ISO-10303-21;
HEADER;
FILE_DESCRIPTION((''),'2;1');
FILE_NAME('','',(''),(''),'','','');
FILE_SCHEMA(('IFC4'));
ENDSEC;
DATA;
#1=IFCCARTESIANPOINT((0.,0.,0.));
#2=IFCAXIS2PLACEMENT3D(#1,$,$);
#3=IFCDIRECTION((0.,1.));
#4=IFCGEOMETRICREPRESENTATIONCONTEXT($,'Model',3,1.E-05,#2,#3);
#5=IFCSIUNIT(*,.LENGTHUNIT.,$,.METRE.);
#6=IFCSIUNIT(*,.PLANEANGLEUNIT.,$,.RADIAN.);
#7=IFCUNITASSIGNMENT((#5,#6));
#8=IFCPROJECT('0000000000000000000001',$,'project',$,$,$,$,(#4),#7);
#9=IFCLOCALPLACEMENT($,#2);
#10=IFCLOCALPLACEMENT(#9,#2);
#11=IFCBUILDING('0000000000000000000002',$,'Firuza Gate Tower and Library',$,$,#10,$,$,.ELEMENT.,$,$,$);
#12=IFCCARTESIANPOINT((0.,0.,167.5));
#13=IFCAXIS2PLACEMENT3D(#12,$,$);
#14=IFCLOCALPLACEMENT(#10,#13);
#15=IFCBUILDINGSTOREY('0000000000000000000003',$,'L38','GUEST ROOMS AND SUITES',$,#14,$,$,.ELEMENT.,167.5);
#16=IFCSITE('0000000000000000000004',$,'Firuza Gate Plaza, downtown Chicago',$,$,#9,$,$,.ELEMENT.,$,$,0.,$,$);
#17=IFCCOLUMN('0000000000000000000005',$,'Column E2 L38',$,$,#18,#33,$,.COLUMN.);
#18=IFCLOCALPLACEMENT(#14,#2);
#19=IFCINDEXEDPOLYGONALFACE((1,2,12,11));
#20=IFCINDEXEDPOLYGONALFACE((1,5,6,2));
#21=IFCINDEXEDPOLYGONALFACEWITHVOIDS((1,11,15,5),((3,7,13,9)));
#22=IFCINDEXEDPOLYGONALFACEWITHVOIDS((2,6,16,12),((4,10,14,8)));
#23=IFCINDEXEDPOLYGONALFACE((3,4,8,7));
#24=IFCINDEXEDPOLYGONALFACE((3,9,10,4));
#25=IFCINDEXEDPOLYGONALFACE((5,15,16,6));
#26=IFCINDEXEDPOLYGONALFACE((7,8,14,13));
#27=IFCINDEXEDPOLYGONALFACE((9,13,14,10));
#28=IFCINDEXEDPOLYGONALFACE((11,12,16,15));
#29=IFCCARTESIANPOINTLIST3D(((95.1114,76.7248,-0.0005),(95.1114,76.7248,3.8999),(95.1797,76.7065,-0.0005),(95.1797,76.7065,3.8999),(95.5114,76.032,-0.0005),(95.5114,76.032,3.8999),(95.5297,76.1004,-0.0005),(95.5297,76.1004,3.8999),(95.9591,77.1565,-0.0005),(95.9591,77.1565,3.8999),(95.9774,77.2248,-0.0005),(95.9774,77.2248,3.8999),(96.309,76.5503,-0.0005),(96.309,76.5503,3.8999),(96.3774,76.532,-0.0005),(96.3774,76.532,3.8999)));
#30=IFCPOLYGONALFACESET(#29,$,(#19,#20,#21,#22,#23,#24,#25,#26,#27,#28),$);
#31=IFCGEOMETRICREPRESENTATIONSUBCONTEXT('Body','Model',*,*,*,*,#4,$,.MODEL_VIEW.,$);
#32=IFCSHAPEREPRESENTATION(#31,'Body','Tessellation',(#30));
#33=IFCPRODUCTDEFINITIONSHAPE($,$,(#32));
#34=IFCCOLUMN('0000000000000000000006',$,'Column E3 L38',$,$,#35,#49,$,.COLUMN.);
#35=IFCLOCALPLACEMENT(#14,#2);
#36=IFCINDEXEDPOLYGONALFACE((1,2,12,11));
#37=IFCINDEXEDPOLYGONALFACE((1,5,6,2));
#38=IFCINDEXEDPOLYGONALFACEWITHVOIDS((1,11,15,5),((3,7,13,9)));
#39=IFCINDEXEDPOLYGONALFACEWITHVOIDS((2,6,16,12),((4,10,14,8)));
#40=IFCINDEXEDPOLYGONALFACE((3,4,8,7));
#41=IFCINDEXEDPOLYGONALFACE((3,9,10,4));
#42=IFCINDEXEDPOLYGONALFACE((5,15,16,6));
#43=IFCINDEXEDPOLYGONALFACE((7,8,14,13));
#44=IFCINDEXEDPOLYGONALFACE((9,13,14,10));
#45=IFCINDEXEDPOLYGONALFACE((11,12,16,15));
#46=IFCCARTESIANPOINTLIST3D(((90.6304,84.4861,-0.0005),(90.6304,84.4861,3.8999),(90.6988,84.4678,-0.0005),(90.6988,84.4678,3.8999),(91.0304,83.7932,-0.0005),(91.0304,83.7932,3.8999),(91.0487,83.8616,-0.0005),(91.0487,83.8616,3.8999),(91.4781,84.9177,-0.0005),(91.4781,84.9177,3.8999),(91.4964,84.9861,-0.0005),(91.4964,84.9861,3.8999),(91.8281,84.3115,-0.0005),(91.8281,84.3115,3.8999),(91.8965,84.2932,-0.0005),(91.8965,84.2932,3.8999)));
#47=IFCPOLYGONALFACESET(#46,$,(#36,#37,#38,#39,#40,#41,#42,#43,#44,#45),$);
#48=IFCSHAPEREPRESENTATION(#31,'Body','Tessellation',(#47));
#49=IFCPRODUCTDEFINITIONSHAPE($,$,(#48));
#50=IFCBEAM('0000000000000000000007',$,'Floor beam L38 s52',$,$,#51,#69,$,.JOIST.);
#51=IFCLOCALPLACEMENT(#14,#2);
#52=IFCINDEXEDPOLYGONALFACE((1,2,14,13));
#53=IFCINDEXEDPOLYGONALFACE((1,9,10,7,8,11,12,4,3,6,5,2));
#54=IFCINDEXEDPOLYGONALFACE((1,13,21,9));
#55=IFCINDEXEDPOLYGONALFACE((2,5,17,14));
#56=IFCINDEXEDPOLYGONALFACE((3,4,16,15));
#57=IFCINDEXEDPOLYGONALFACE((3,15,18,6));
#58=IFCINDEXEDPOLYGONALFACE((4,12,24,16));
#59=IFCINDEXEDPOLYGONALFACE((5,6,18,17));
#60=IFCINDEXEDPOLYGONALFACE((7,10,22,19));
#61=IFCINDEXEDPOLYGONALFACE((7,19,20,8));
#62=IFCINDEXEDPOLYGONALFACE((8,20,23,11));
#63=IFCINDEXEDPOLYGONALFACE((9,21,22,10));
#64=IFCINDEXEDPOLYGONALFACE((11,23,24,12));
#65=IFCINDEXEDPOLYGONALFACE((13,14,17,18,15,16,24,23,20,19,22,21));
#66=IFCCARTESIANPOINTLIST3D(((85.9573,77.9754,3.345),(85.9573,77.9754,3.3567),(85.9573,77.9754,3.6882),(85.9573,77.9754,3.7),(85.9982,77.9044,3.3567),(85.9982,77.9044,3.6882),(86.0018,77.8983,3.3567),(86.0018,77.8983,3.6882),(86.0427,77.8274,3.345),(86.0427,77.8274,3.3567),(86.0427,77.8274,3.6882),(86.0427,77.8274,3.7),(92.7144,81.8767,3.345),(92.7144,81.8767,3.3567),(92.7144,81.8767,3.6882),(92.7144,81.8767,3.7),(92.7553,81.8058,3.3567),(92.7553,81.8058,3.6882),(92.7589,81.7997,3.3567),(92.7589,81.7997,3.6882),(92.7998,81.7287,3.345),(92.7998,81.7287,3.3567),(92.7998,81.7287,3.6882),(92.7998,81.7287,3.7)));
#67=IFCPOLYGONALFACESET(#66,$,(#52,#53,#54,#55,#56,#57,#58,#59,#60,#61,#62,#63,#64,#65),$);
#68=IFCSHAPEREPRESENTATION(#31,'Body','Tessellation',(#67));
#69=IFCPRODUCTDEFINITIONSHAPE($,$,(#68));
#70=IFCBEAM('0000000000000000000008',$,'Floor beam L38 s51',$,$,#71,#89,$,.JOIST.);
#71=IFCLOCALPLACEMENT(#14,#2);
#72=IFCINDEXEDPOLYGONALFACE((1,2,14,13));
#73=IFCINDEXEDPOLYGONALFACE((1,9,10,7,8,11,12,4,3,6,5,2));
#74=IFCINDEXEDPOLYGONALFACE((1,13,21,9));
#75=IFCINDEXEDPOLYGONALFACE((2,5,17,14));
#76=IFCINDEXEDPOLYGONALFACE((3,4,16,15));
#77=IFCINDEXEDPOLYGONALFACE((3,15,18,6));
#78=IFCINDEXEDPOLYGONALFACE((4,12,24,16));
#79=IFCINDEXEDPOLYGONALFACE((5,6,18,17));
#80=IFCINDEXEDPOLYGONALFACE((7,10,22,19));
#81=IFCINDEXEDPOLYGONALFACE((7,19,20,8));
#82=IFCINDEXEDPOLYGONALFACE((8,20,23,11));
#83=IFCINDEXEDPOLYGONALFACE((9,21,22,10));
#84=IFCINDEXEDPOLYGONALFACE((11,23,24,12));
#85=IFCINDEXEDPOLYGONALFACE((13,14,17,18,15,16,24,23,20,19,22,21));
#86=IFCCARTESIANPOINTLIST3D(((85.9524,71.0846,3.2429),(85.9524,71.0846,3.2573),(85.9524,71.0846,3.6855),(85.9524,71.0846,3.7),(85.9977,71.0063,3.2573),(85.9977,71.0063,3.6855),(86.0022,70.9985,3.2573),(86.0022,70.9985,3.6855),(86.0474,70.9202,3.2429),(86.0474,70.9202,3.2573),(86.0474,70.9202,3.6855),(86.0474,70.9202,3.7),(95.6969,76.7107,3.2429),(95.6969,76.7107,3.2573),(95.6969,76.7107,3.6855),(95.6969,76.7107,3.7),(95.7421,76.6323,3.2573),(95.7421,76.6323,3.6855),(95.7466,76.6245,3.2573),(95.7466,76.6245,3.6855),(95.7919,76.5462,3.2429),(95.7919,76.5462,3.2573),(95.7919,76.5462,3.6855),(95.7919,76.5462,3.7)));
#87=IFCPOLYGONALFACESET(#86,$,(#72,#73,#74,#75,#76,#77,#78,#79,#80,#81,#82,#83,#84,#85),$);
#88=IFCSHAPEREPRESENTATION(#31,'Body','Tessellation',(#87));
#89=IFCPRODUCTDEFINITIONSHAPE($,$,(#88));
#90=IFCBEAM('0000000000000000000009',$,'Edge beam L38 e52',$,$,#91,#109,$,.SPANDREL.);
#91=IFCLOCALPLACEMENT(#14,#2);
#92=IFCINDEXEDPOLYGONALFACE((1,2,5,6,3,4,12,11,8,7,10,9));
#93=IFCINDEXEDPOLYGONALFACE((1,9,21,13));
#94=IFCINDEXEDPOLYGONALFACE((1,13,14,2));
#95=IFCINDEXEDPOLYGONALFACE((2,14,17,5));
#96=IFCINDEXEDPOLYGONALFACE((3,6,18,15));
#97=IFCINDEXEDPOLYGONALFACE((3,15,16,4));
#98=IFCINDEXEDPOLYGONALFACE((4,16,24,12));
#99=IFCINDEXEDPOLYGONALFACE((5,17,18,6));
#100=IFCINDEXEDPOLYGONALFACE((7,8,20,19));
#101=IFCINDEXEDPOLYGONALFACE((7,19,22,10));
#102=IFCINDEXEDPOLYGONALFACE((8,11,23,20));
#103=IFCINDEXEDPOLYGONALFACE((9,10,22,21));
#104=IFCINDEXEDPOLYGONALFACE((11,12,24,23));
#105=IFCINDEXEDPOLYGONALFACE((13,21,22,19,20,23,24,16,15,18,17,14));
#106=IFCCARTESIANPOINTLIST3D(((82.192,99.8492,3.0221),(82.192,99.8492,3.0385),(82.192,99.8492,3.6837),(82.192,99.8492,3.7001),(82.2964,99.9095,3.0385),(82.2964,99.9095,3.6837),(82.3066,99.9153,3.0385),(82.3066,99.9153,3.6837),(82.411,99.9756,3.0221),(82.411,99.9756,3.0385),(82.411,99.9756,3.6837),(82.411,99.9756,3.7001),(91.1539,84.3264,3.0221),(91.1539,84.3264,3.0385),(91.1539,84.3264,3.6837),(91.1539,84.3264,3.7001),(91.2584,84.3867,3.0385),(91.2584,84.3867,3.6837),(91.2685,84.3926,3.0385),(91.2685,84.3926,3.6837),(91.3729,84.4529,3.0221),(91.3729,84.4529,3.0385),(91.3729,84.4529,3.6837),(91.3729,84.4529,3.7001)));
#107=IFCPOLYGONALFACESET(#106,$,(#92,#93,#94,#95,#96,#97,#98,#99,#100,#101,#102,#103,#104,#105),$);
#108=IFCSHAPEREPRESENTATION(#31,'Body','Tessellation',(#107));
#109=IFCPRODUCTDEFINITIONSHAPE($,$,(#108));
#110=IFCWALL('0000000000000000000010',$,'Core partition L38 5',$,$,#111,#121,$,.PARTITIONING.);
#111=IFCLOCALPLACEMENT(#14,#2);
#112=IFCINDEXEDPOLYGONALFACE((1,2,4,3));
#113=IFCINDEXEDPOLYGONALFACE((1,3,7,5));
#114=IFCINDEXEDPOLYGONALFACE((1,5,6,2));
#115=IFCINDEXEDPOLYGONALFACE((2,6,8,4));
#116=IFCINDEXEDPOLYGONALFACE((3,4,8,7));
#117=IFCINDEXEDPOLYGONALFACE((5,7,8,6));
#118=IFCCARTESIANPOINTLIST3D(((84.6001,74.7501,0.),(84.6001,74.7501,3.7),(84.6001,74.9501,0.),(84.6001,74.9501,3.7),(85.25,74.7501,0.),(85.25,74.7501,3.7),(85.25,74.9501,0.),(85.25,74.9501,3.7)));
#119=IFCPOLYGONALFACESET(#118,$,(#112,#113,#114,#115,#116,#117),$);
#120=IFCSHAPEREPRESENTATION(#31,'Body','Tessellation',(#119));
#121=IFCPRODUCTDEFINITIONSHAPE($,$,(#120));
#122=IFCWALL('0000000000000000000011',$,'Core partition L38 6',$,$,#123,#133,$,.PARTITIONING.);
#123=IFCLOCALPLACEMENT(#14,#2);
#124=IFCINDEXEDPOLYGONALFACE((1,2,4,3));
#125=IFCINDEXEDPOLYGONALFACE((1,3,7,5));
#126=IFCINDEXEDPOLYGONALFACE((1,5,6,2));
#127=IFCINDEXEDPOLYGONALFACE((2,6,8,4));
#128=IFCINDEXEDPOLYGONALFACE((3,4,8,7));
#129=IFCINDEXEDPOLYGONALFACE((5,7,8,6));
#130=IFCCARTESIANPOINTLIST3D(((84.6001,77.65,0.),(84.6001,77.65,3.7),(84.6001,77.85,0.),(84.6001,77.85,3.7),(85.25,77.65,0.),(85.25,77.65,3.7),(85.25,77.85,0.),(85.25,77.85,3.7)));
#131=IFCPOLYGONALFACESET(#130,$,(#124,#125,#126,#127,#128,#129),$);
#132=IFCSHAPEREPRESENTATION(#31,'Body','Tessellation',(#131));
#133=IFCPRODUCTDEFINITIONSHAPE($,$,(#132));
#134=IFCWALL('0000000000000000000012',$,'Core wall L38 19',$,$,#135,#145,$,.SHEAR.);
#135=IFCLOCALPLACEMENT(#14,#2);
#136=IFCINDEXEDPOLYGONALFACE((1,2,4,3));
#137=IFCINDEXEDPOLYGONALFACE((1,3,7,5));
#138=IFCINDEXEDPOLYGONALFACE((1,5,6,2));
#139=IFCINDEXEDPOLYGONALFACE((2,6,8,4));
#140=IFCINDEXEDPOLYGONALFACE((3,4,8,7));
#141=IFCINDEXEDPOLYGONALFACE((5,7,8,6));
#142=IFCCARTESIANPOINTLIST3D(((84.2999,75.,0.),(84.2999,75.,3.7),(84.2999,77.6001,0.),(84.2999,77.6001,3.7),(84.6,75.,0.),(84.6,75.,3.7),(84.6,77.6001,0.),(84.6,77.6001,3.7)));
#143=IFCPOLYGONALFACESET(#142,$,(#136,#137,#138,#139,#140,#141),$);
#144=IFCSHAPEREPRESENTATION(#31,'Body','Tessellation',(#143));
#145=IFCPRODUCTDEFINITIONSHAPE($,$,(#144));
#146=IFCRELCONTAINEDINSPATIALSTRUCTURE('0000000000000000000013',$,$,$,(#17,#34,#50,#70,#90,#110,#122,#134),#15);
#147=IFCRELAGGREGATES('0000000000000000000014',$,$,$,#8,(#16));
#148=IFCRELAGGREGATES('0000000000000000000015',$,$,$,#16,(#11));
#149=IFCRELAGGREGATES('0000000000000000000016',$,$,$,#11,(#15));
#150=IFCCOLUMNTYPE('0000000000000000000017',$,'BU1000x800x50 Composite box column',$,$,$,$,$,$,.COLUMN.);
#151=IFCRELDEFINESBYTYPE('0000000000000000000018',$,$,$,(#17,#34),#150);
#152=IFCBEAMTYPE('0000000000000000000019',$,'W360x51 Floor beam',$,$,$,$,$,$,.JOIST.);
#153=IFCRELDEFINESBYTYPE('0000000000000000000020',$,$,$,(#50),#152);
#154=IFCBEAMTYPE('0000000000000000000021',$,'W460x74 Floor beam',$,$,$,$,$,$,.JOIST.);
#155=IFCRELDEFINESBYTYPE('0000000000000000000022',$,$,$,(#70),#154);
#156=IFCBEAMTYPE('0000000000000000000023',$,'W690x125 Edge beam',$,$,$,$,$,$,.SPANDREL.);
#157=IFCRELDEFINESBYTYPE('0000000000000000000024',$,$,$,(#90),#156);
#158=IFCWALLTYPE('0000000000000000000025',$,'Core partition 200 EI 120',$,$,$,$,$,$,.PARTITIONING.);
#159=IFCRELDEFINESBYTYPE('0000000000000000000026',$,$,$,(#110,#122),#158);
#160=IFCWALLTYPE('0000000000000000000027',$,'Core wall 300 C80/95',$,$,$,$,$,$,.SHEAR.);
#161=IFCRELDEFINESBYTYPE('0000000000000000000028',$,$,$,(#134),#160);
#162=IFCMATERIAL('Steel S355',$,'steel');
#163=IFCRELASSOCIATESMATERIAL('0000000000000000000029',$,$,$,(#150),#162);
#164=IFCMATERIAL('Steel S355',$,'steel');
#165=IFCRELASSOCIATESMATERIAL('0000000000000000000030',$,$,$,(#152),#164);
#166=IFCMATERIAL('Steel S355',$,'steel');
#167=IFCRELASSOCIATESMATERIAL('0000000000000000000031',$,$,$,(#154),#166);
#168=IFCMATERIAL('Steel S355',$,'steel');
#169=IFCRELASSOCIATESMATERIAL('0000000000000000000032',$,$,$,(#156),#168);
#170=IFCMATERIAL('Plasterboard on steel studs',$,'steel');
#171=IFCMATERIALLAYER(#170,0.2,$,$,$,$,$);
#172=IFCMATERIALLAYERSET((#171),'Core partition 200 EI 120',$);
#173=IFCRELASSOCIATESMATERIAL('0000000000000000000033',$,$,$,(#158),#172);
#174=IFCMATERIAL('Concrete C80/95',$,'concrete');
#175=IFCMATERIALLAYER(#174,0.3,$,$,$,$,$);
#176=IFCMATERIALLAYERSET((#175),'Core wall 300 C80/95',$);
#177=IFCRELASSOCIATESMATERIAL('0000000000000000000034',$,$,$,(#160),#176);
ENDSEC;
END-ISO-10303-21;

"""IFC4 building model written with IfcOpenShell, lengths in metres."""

from ifc_helpers import new_model, si_unit, direction, frame, frame_2d, origin, origin_2d, place, context, subcontext, project, spatial, rectangle, hollow_rectangle, i_section, extrude, material, layer, layer_set, material_profile, profile_set, type_object, element, save


model = new_model("IFC4")

# Units and contexts
model_context = context("Model", 3, precision=1e-05, world=origin(), true_north=direction((0.0, 1.0)))
body_context = subcontext(model_context, "Body", "Model", "MODEL_VIEW")
ifc_project = project(units=[si_unit("LENGTHUNIT", "METRE"), si_unit("PLANEANGLEUNIT", "RADIAN")], contexts=[model_context])

# Site, building, storey
site_placement = place(None, origin())
site = spatial("IfcSite", under=ifc_project, at=site_placement, Name="Firuza Gate Plaza, downtown Chicago", CompositionType="ELEMENT", RefElevation=0.0)
building_placement = place(site_placement, origin())
building = spatial("IfcBuilding", under=site, at=building_placement, Name="Firuza Gate Tower and Library", CompositionType="ELEMENT")
storey_placement = place(building_placement, frame((0.0, 0.0, 167.5)))
storey = spatial("IfcBuildingStorey", under=building, at=storey_placement, Name="L38", Description="GUEST ROOMS AND SUITES", CompositionType="ELEMENT", Elevation=167.5)

# Columns
ifc_material_1 = material(Name="Steel S355", Category="steel")
ifc_material_profile_1 = material_profile(ifc_material_1, hollow_rectangle(XDim=0.8, YDim=1.0, WallThickness=0.05, at=origin_2d()))
ifc_profile_set_1 = profile_set([ifc_material_profile_1], Name="Steel S355")
column_type = type_object("IfcColumnType", Name="BU1000x800x50 Composite box column", PredefinedType="COLUMN", material=ifc_profile_set_1)
for number, where, z_axis, x_axis, name in (
    (1, (95.7444, 76.6284, -0.0005), (0.0, 0.0, 1.0), (-0.5, 0.866025, 0.0), "Column E2 L38"),
    (2, (91.2634, 84.3896, -0.0005), (0.0, 0.0, 1.0), (-0.5, 0.866025, 0.0), "Column E3 L38"),
):
    element("IfcColumn", number, at=place(storey_placement, frame(where, z_axis=z_axis, x_axis=x_axis)), inside=storey, type_object=column_type, Name=name, PredefinedType="COLUMN", context=body_context, shape_type="SweptSolid", body=[
        extrude(hollow_rectangle(XDim=0.8, YDim=1.0, WallThickness=0.05, at=origin_2d()), origin(), (0.0, 0.0, 1.0), 3.9004),
    ])

# Beams
ifc_material_2 = material(Name="Steel S355", Category="steel")
ifc_material_profile_2 = material_profile(ifc_material_2, i_section(OverallWidth=0.1709, OverallDepth=0.355, WebThickness=0.0071, FlangeThickness=0.0117, at=origin_2d()))
ifc_profile_set_2 = profile_set([ifc_material_profile_2], Name="Steel S355")
beam_type_1 = type_object("IfcBeamType", Name="W360x51 Floor beam", PredefinedType="JOIST", material=ifc_profile_set_2)
beam_1_placement = place(storey_placement, frame((92.7571, 81.8027, 3.5225), z_axis=(-0.866016, -0.500016, 0.0), x_axis=(0.500016, -0.866016, 0.0)))
element("IfcBeam", 3, at=beam_1_placement, inside=storey, type_object=beam_type_1, Name="Floor beam L38 s52", PredefinedType="JOIST", context=body_context, shape_type="SweptSolid", body=[
    extrude(i_section(OverallWidth=0.1709, OverallDepth=0.355, WebThickness=0.0071, FlangeThickness=0.0117, at=origin_2d()), origin(), (0.0, 0.0, 1.0), 7.8025),
])
ifc_material_3 = material(Name="Steel S355", Category="steel")
ifc_material_profile_3 = material_profile(ifc_material_3, i_section(OverallWidth=0.1899, OverallDepth=0.457, WebThickness=0.009, FlangeThickness=0.0144, at=origin_2d()))
ifc_profile_set_3 = profile_set([ifc_material_profile_3], Name="Steel S355")
beam_type_2 = type_object("IfcBeamType", Name="W460x74 Floor beam", PredefinedType="JOIST", material=ifc_profile_set_3)
beam_2_placement = place(storey_placement, frame((95.7444, 76.6284, 3.4714), z_axis=(-0.866023, -0.500004, 0.0), x_axis=(0.500004, -0.866023, 0.0)))
element("IfcBeam", 4, at=beam_2_placement, inside=storey, type_object=beam_type_2, Name="Floor beam L38 s51", PredefinedType="JOIST", context=body_context, shape_type="SweptSolid", body=[
    extrude(i_section(OverallWidth=0.1899, OverallDepth=0.457, WebThickness=0.009, FlangeThickness=0.0144, at=origin_2d()), origin(), (0.0, 0.0, 1.0), 11.252),
])
ifc_material_4 = material(Name="Steel S355", Category="steel")
ifc_material_profile_4 = material_profile(ifc_material_4, i_section(OverallWidth=0.2529, OverallDepth=0.678, WebThickness=0.0117, FlangeThickness=0.0164, at=origin_2d()))
ifc_profile_set_4 = profile_set([ifc_material_profile_4], Name="Steel S355")
beam_type_3 = type_object("IfcBeamType", Name="W690x125 Edge beam", PredefinedType="SPANDREL", material=ifc_profile_set_4)
beam_3_placement = place(storey_placement, frame((91.2634, 84.3896, 3.3611), z_axis=(-0.499995, 0.866028, 0.0), x_axis=(-0.866028, -0.499995, 0.0)))
element("IfcBeam", 5, at=beam_3_placement, inside=storey, type_object=beam_type_3, Name="Edge beam L38 e52", PredefinedType="SPANDREL", context=body_context, shape_type="SweptSolid", body=[
    extrude(i_section(OverallWidth=0.2529, OverallDepth=0.678, WebThickness=0.0117, FlangeThickness=0.0164, at=origin_2d()), origin(), (0.0, 0.0, 1.0), 17.9241),
])

# Walls
ifc_material_5 = material(Name="Plasterboard on steel studs", Category="steel")
ifc_layer_1 = layer(ifc_material_5, 0.2)
ifc_layer_set_1 = layer_set([ifc_layer_1], Name="Core partition 200 EI 120")
wall_type_1 = type_object("IfcWallType", Name="Core partition 200 EI 120", PredefinedType="PARTITIONING", material=ifc_layer_set_1)
for number, where, z_axis, x_axis, name in (
    (6, (84.6001, 74.8501, 0.0), (0.0, 0.0, 1.0), (1.0, 0.0, 0.0), "Core partition L38 5"),
    (7, (84.6001, 77.75, 0.0), (0.0, 0.0, 1.0), (1.0, 0.0, 0.0), "Core partition L38 6"),
):
    element("IfcWall", number, at=place(storey_placement, frame(where, z_axis=z_axis, x_axis=x_axis)), inside=storey, type_object=wall_type_1, Name=name, PredefinedType="PARTITIONING", context=body_context, shape_type="SweptSolid", body=[
        extrude(rectangle(XDim=0.6499, YDim=0.2, at=frame_2d((0.325, 0.0))), origin(), (0.0, 0.0, 1.0), 3.7),
    ])
ifc_material_6 = material(Name="Concrete C80/95", Category="concrete")
ifc_layer_2 = layer(ifc_material_6, 0.3)
ifc_layer_set_2 = layer_set([ifc_layer_2], Name="Core wall 300 C80/95")
wall_type_2 = type_object("IfcWallType", Name="Core wall 300 C80/95", PredefinedType="SHEAR", material=ifc_layer_set_2)
wall_1_placement = place(storey_placement, frame((84.45, 75.0, 0.0), z_axis=(0.0, 0.0, 1.0), x_axis=(0.0, 1.0, 0.0)))
element("IfcWall", 8, at=wall_1_placement, inside=storey, type_object=wall_type_2, Name="Core wall L38 19", PredefinedType="SHEAR", context=body_context, shape_type="SweptSolid", body=[
    extrude(rectangle(XDim=2.6001, YDim=0.3, at=frame_2d((1.3, 0.0))), origin(), (0.0, 0.0, 1.0), 3.7),
])

save(model, "model.ifc")
